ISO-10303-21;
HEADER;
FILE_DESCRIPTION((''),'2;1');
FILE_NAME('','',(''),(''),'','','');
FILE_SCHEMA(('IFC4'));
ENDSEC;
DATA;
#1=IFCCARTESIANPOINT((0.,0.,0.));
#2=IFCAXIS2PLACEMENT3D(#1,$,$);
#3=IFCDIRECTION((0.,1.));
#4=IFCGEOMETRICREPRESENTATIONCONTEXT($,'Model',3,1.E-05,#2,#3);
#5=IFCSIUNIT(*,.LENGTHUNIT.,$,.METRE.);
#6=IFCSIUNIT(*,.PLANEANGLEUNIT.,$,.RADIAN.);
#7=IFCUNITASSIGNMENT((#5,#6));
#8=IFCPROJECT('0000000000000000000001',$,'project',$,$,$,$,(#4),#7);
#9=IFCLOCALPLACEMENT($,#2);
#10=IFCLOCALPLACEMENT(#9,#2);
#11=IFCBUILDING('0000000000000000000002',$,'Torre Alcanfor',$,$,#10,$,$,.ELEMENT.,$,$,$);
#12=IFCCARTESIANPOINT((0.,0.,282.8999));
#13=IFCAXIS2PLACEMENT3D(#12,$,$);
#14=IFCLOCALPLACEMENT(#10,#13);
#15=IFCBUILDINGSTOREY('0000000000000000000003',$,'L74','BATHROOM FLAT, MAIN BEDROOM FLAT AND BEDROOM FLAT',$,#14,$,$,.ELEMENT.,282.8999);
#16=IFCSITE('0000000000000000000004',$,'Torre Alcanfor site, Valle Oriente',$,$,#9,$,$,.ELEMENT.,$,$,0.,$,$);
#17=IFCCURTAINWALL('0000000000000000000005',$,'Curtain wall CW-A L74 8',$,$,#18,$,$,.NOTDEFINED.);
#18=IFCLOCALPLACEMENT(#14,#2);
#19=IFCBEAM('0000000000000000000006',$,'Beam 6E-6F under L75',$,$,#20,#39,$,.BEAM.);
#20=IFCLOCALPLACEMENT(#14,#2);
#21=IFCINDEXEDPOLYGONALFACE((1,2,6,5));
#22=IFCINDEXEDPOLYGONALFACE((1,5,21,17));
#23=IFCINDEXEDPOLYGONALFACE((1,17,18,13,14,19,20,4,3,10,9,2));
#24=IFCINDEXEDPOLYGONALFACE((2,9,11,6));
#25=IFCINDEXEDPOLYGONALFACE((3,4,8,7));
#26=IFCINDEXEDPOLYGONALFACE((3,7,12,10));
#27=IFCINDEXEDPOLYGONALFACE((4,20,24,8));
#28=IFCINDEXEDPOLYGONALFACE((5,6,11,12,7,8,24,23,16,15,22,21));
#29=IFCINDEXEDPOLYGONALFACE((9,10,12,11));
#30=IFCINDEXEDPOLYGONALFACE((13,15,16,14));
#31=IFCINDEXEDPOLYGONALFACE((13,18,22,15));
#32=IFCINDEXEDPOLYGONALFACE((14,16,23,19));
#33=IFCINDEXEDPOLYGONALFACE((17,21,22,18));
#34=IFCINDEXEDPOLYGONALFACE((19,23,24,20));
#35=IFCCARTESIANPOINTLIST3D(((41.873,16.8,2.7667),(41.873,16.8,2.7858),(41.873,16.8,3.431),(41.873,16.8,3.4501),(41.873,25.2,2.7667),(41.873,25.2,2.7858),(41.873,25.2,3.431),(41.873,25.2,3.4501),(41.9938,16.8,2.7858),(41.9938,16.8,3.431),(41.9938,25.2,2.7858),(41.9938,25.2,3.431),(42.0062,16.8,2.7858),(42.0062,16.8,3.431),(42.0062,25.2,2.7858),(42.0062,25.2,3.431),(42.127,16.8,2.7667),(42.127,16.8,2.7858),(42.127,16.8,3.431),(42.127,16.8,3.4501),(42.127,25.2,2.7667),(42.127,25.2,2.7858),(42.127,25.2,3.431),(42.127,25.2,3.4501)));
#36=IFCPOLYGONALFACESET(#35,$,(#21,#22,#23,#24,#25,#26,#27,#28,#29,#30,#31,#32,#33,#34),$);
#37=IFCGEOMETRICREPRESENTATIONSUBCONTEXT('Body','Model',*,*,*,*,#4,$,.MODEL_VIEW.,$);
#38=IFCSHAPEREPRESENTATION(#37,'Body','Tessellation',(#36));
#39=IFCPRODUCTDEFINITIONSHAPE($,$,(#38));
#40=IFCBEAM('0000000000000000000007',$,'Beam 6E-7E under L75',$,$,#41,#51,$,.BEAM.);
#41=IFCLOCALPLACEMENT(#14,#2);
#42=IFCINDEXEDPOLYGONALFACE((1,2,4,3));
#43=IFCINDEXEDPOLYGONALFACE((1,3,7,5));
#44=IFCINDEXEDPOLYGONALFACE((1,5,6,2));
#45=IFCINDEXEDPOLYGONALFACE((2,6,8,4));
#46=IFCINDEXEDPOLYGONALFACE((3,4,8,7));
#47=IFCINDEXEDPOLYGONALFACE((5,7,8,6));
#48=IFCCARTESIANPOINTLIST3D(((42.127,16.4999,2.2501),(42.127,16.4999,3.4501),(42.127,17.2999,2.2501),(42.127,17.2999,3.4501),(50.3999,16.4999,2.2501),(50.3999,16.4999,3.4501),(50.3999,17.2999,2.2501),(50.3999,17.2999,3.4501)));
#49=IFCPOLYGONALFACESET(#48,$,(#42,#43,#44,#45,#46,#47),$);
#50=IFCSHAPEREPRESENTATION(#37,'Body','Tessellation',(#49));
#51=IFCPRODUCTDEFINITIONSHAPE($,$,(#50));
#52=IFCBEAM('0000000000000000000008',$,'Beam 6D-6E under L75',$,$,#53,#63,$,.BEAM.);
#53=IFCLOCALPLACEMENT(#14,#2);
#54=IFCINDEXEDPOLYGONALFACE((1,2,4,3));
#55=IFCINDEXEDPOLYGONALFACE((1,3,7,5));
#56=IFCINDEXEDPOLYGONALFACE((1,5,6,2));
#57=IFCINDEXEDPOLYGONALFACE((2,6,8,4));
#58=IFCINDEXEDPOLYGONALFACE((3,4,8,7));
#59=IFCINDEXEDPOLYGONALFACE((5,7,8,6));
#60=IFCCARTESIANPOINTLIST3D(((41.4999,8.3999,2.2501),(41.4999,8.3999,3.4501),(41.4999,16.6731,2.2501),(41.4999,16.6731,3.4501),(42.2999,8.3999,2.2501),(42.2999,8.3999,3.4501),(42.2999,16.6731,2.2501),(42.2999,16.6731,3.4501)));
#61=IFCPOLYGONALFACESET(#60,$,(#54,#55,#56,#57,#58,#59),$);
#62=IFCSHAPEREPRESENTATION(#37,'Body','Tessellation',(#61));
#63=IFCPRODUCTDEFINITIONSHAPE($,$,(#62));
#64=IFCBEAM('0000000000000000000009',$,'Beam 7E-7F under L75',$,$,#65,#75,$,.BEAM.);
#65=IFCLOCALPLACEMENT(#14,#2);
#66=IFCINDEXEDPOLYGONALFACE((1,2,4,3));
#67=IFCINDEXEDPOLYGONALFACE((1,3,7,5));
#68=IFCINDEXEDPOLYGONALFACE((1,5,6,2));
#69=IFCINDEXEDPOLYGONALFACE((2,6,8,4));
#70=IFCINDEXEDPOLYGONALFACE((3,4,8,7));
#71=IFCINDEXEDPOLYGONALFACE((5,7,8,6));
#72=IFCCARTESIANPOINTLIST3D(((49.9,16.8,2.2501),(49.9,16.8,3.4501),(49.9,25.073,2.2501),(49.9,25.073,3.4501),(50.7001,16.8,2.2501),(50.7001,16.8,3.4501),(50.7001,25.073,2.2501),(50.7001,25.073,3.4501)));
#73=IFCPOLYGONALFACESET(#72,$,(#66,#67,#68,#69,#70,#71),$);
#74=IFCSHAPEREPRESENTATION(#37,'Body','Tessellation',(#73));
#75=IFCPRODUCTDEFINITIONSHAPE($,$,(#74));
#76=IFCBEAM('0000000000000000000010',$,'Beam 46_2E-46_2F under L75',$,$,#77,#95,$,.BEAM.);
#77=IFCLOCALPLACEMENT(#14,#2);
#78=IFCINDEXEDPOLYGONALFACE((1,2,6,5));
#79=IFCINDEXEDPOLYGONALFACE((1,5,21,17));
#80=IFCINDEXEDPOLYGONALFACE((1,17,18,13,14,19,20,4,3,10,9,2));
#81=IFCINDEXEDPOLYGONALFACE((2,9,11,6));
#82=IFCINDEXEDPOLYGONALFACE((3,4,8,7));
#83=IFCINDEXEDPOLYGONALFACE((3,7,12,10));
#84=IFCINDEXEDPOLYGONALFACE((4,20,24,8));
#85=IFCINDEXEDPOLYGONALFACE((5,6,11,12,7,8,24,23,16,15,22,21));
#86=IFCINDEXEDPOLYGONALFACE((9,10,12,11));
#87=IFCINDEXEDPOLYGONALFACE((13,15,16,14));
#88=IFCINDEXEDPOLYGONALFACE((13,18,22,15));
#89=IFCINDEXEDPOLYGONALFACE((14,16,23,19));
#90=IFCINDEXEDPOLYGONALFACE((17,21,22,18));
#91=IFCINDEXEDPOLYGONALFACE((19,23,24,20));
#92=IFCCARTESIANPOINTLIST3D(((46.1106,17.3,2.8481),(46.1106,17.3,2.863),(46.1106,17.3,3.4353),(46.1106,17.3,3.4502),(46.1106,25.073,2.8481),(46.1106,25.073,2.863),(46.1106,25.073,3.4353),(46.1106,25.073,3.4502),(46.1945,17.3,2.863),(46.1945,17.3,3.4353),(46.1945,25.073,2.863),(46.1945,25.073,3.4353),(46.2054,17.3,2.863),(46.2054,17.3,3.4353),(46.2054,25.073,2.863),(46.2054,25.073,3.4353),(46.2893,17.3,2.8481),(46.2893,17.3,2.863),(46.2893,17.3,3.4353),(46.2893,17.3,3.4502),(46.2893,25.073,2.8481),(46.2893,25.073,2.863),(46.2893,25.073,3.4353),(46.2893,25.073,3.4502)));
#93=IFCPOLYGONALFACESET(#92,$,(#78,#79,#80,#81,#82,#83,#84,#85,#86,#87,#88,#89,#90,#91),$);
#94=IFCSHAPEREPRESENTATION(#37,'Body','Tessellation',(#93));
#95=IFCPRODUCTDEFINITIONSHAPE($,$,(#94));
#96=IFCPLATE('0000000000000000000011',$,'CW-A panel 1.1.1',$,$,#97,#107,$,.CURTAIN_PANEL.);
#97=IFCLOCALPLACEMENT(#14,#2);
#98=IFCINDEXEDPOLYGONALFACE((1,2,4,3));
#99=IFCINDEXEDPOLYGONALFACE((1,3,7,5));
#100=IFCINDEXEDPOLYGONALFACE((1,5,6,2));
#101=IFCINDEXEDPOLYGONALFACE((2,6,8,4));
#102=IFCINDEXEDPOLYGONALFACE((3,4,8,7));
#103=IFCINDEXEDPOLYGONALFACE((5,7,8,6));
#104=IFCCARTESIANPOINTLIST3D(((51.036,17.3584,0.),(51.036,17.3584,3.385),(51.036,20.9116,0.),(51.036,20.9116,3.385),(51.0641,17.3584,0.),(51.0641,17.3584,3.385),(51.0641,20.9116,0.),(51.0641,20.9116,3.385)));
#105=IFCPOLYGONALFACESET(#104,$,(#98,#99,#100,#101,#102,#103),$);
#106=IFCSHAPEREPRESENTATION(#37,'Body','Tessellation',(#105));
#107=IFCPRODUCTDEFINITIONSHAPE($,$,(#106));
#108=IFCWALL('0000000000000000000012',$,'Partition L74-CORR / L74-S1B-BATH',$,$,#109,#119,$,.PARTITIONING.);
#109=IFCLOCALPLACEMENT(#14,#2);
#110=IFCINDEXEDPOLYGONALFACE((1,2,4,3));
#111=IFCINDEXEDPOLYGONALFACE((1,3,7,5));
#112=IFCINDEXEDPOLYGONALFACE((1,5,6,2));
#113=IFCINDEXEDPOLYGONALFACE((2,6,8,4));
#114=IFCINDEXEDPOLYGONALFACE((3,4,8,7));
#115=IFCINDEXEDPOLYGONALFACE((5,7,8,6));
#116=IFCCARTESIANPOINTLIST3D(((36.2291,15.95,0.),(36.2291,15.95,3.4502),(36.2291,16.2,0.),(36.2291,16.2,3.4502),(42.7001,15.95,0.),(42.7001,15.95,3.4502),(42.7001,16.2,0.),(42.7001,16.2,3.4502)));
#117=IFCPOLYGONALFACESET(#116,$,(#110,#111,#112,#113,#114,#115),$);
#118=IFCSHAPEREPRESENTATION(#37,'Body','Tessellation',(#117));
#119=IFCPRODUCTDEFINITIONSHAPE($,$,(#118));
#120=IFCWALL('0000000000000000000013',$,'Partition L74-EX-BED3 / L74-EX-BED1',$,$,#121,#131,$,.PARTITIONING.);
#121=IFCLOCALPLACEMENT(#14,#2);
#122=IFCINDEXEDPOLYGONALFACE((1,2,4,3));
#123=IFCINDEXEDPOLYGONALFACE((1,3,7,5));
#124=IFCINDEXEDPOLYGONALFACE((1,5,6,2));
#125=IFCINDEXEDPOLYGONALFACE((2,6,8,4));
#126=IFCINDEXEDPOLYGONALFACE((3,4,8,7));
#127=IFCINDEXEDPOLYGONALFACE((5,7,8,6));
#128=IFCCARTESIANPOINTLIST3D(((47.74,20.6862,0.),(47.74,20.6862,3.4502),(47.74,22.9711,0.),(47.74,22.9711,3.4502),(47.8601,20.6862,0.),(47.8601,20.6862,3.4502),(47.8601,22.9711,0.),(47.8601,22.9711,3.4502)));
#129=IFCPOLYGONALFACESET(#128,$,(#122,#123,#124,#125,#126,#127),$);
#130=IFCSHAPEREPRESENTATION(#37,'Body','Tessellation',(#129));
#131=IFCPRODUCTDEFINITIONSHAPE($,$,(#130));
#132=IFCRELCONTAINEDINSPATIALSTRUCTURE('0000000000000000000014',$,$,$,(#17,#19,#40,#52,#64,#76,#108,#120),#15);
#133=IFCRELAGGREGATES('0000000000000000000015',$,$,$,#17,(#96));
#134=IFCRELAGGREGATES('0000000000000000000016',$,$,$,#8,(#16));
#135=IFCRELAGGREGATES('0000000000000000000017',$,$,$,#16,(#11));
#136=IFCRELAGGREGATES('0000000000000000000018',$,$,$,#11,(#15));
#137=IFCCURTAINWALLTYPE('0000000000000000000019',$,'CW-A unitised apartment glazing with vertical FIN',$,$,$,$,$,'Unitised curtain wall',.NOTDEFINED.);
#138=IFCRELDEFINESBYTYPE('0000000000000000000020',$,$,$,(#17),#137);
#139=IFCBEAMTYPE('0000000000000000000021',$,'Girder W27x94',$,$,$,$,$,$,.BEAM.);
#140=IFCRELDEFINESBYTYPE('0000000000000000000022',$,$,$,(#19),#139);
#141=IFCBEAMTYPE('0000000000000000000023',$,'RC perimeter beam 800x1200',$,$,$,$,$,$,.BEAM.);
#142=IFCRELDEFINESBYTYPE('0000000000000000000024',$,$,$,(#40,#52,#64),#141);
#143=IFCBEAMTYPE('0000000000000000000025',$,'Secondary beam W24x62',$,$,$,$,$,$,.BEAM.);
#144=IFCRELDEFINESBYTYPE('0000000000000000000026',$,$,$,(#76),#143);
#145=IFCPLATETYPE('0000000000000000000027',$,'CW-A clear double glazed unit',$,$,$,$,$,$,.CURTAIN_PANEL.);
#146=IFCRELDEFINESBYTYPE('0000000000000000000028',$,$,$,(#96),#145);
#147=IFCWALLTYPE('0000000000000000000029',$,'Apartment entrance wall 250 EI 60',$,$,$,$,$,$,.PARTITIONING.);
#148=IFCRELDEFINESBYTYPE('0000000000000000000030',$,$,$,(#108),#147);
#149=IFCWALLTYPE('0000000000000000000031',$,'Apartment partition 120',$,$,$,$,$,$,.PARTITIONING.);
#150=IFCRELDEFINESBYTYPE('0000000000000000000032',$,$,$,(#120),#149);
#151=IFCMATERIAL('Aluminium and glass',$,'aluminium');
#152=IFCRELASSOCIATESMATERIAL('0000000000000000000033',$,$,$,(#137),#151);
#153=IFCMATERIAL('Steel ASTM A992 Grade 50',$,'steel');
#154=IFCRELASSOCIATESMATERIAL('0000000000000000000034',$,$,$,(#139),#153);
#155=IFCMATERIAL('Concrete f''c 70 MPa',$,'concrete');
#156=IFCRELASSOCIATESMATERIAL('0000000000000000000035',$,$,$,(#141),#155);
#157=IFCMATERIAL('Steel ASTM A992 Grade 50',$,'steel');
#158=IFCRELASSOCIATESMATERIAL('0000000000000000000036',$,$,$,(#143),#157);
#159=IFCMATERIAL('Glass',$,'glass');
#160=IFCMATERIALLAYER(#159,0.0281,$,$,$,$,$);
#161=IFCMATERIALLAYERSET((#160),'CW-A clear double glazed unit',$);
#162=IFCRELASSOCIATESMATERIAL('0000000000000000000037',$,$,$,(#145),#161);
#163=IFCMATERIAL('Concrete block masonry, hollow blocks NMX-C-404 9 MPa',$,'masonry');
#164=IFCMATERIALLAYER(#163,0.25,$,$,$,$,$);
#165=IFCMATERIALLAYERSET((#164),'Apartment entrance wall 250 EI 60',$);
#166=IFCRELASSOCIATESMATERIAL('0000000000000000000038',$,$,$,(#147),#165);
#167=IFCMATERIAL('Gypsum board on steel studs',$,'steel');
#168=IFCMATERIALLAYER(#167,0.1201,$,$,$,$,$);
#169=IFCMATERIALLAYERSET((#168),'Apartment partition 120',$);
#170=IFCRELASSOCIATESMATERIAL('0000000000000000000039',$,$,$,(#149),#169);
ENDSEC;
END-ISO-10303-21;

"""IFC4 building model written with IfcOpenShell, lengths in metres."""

from ifc_helpers import new_model, si_unit, direction, frame, frame_2d, origin, origin_2d, place, context, subcontext, project, spatial, rectangle, i_section, extrude, material, layer, layer_set, material_profile, profile_set, type_object, element, aggregate, save


model = new_model("IFC4")

# Units and contexts
model_context = context("Model", 3, precision=1e-05, world=origin(), true_north=direction((0.0, 1.0)))
body_context = subcontext(model_context, "Body", "Model", "MODEL_VIEW")
ifc_project = project(units=[si_unit("LENGTHUNIT", "METRE"), si_unit("PLANEANGLEUNIT", "RADIAN")], contexts=[model_context])

# Site, building, storey
site_placement = place(None, origin())
site = spatial("IfcSite", under=ifc_project, at=site_placement, Name="Torre Alcanfor site, Valle Oriente", CompositionType="ELEMENT", RefElevation=0.0)
building_placement = place(site_placement, origin())
building = spatial("IfcBuilding", under=site, at=building_placement, Name="Torre Alcanfor", CompositionType="ELEMENT")
storey_placement = place(building_placement, frame((0.0, 0.0, 282.8999)))
storey = spatial("IfcBuildingStorey", under=building, at=storey_placement, Name="L74", Description="BATHROOM FLAT, MAIN BEDROOM FLAT AND BEDROOM FLAT", CompositionType="ELEMENT", Elevation=282.8999)

# Shared definitions
ifc_material_1 = material(Name="Aluminium and glass", Category="aluminium")
curtain_wall_type = type_object("IfcCurtainWallType", Name="CW-A unitised apartment glazing with vertical FIN", ElementType="Unitised curtain wall", PredefinedType="NOTDEFINED", material=ifc_material_1)

# Curtain wall
curtain_wall_1_placement = place(storey_placement, origin())
curtain_wall_1 = element("IfcCurtainWall", 1, at=curtain_wall_1_placement, inside=storey, type_object=curtain_wall_type, Name="Curtain wall CW-A L74 8", PredefinedType="NOTDEFINED")

# Beams
ifc_material_2 = material(Name="Steel ASTM A992 Grade 50", Category="steel")
ifc_material_profile_1 = material_profile(ifc_material_2, i_section(OverallWidth=0.2539, OverallDepth=0.6833, WebThickness=0.0125, FlangeThickness=0.019, at=origin_2d()), Name="W27x94")
ifc_profile_set_1 = profile_set([ifc_material_profile_1], Name="Steel ASTM A992 Grade 50")
beam_type_1 = type_object("IfcBeamType", Name="Girder W27x94", PredefinedType="BEAM", material=ifc_profile_set_1)
beam_1_placement = place(storey_placement, frame((42.0, 16.8, 3.1084), z_axis=(0.0, 1.0, 0.0), x_axis=(-1.0, 0.0, 0.0)))
element("IfcBeam", 2, at=beam_1_placement, inside=storey, type_object=beam_type_1, Name="Beam 6E-6F under L75", PredefinedType="BEAM", context=body_context, shape_type="SweptSolid", body=[
    extrude(i_section(OverallWidth=0.2539, OverallDepth=0.6833, WebThickness=0.0125, FlangeThickness=0.019, at=origin_2d()), origin(), (0.0, 0.0, 1.0), 8.3999),
])
ifc_material_3 = material(Name="Concrete f'c 70 MPa", Category="concrete")
ifc_material_profile_2 = material_profile(ifc_material_3, rectangle(XDim=0.8, YDim=1.2, at=origin_2d()), Name="800x1200")
ifc_profile_set_2 = profile_set([ifc_material_profile_2], Name="Concrete f'c 70 MPa")
beam_type_2 = type_object("IfcBeamType", Name="RC perimeter beam 800x1200", PredefinedType="BEAM", material=ifc_profile_set_2)
beam_2_placement = place(storey_placement, frame((42.127, 16.8999, 2.8501), z_axis=(1.0, 0.0, 0.0), x_axis=(0.0, 1.0, 0.0)))
element("IfcBeam", 3, at=beam_2_placement, inside=storey, type_object=beam_type_2, Name="Beam 6E-7E under L75", PredefinedType="BEAM", context=body_context, shape_type="SweptSolid", body=[
    extrude(rectangle(XDim=0.8, YDim=1.2, at=origin_2d()), origin(), (0.0, 0.0, 1.0), 8.2729),
])
beam_3_placement = place(storey_placement, frame((41.8999, 8.3999, 2.8501), z_axis=(0.0, 1.0, 0.0), x_axis=(-1.0, 0.0, 0.0)))
element("IfcBeam", 4, at=beam_3_placement, inside=storey, type_object=beam_type_2, Name="Beam 6D-6E under L75", PredefinedType="BEAM", context=body_context, shape_type="SweptSolid", body=[
    extrude(rectangle(XDim=0.8, YDim=1.2, at=origin_2d()), origin(), (0.0, 0.0, 1.0), 8.2732),
])
beam_4_placement = place(storey_placement, frame((50.3, 16.8, 2.8501), z_axis=(0.0, 1.0, 0.0), x_axis=(-1.0, 0.0, 0.0)))
element("IfcBeam", 5, at=beam_4_placement, inside=storey, type_object=beam_type_2, Name="Beam 7E-7F under L75", PredefinedType="BEAM", context=body_context, shape_type="SweptSolid", body=[
    extrude(rectangle(XDim=0.8, YDim=1.2, at=origin_2d()), origin(), (0.0, 0.0, 1.0), 8.2729),
])
ifc_material_4 = material(Name="Steel ASTM A992 Grade 50", Category="steel")
ifc_material_profile_3 = material_profile(ifc_material_4, i_section(OverallWidth=0.1787, OverallDepth=0.6021, WebThickness=0.011, FlangeThickness=0.0149, at=origin_2d()), Name="W24x62")
ifc_profile_set_3 = profile_set([ifc_material_profile_3], Name="Steel ASTM A992 Grade 50")
beam_type_3 = type_object("IfcBeamType", Name="Secondary beam W24x62", PredefinedType="BEAM", material=ifc_profile_set_3)
beam_5_placement = place(storey_placement, frame((46.2, 17.3, 3.1492), z_axis=(0.0, 1.0, 0.0), x_axis=(-1.0, 0.0, 0.0)))
element("IfcBeam", 6, at=beam_5_placement, inside=storey, type_object=beam_type_3, Name="Beam 46_2E-46_2F under L75", PredefinedType="BEAM", context=body_context, shape_type="SweptSolid", body=[
    extrude(i_section(OverallWidth=0.1787, OverallDepth=0.6021, WebThickness=0.011, FlangeThickness=0.0149, at=origin_2d()), origin(), (0.0, 0.0, 1.0), 7.7729),
])

# Plate
ifc_material_5 = material(Name="Glass", Category="glass")
ifc_layer_1 = layer(ifc_material_5, 0.0281)
ifc_layer_set_1 = layer_set([ifc_layer_1], Name="CW-A clear double glazed unit")
plate_type = type_object("IfcPlateType", Name="CW-A clear double glazed unit", PredefinedType="CURTAIN_PANEL", material=ifc_layer_set_1)
plate_placement = place(storey_placement, frame((51.05, 19.135, 0.0), z_axis=(0.0, 0.0, 1.0), x_axis=(0.0, 1.0, 0.0)))
plate = element("IfcPlate", 7, at=plate_placement, type_object=plate_type, Name="CW-A panel 1.1.1", PredefinedType="CURTAIN_PANEL", context=body_context, shape_type="SweptSolid", body=[
    extrude(rectangle(XDim=3.5532, YDim=0.0281, at=origin_2d()), origin(), (0.0, 0.0, 1.0), 3.385),
])
aggregate(curtain_wall_1, [plate])

# Walls
ifc_material_6 = material(Name="Concrete block masonry, hollow blocks NMX-C-404 9 MPa", Category="masonry")
ifc_layer_2 = layer(ifc_material_6, 0.25)
ifc_layer_set_2 = layer_set([ifc_layer_2], Name="Apartment entrance wall 250 EI 60")
wall_type_1 = type_object("IfcWallType", Name="Apartment entrance wall 250 EI 60", PredefinedType="PARTITIONING", material=ifc_layer_set_2)
wall_1_placement = place(storey_placement, frame((42.7, 16.075, 0.0), z_axis=(0.0, 0.0, 1.0), x_axis=(-1.0, 0.0, 0.0)))
element("IfcWall", 8, at=wall_1_placement, inside=storey, type_object=wall_type_1, Name="Partition L74-CORR / L74-S1B-BATH", PredefinedType="PARTITIONING", context=body_context, shape_type="SweptSolid", body=[
    extrude(rectangle(XDim=6.4709, YDim=0.25, at=frame_2d((3.2354, 0.0))), origin(), (0.0, 0.0, 1.0), 3.4502),
])
ifc_material_7 = material(Name="Gypsum board on steel studs", Category="steel")
ifc_layer_3 = layer(ifc_material_7, 0.1201)
ifc_layer_set_3 = layer_set([ifc_layer_3], Name="Apartment partition 120")
wall_type_2 = type_object("IfcWallType", Name="Apartment partition 120", PredefinedType="PARTITIONING", material=ifc_layer_set_3)
wall_2_placement = place(storey_placement, frame((47.8, 20.686, 0.0), z_axis=(0.0, 0.0, 1.0), x_axis=(0.0, 1.0, 0.0)))
element("IfcWall", 9, at=wall_2_placement, inside=storey, type_object=wall_type_2, Name="Partition L74-EX-BED3 / L74-EX-BED1", PredefinedType="PARTITIONING", context=body_context, shape_type="SweptSolid", body=[
    extrude(rectangle(XDim=2.2849, YDim=0.1201, at=frame_2d((1.1426, 0.0))), origin(), (0.0, 0.0, 1.0), 3.4502),
])

save(model, "model.ifc")
